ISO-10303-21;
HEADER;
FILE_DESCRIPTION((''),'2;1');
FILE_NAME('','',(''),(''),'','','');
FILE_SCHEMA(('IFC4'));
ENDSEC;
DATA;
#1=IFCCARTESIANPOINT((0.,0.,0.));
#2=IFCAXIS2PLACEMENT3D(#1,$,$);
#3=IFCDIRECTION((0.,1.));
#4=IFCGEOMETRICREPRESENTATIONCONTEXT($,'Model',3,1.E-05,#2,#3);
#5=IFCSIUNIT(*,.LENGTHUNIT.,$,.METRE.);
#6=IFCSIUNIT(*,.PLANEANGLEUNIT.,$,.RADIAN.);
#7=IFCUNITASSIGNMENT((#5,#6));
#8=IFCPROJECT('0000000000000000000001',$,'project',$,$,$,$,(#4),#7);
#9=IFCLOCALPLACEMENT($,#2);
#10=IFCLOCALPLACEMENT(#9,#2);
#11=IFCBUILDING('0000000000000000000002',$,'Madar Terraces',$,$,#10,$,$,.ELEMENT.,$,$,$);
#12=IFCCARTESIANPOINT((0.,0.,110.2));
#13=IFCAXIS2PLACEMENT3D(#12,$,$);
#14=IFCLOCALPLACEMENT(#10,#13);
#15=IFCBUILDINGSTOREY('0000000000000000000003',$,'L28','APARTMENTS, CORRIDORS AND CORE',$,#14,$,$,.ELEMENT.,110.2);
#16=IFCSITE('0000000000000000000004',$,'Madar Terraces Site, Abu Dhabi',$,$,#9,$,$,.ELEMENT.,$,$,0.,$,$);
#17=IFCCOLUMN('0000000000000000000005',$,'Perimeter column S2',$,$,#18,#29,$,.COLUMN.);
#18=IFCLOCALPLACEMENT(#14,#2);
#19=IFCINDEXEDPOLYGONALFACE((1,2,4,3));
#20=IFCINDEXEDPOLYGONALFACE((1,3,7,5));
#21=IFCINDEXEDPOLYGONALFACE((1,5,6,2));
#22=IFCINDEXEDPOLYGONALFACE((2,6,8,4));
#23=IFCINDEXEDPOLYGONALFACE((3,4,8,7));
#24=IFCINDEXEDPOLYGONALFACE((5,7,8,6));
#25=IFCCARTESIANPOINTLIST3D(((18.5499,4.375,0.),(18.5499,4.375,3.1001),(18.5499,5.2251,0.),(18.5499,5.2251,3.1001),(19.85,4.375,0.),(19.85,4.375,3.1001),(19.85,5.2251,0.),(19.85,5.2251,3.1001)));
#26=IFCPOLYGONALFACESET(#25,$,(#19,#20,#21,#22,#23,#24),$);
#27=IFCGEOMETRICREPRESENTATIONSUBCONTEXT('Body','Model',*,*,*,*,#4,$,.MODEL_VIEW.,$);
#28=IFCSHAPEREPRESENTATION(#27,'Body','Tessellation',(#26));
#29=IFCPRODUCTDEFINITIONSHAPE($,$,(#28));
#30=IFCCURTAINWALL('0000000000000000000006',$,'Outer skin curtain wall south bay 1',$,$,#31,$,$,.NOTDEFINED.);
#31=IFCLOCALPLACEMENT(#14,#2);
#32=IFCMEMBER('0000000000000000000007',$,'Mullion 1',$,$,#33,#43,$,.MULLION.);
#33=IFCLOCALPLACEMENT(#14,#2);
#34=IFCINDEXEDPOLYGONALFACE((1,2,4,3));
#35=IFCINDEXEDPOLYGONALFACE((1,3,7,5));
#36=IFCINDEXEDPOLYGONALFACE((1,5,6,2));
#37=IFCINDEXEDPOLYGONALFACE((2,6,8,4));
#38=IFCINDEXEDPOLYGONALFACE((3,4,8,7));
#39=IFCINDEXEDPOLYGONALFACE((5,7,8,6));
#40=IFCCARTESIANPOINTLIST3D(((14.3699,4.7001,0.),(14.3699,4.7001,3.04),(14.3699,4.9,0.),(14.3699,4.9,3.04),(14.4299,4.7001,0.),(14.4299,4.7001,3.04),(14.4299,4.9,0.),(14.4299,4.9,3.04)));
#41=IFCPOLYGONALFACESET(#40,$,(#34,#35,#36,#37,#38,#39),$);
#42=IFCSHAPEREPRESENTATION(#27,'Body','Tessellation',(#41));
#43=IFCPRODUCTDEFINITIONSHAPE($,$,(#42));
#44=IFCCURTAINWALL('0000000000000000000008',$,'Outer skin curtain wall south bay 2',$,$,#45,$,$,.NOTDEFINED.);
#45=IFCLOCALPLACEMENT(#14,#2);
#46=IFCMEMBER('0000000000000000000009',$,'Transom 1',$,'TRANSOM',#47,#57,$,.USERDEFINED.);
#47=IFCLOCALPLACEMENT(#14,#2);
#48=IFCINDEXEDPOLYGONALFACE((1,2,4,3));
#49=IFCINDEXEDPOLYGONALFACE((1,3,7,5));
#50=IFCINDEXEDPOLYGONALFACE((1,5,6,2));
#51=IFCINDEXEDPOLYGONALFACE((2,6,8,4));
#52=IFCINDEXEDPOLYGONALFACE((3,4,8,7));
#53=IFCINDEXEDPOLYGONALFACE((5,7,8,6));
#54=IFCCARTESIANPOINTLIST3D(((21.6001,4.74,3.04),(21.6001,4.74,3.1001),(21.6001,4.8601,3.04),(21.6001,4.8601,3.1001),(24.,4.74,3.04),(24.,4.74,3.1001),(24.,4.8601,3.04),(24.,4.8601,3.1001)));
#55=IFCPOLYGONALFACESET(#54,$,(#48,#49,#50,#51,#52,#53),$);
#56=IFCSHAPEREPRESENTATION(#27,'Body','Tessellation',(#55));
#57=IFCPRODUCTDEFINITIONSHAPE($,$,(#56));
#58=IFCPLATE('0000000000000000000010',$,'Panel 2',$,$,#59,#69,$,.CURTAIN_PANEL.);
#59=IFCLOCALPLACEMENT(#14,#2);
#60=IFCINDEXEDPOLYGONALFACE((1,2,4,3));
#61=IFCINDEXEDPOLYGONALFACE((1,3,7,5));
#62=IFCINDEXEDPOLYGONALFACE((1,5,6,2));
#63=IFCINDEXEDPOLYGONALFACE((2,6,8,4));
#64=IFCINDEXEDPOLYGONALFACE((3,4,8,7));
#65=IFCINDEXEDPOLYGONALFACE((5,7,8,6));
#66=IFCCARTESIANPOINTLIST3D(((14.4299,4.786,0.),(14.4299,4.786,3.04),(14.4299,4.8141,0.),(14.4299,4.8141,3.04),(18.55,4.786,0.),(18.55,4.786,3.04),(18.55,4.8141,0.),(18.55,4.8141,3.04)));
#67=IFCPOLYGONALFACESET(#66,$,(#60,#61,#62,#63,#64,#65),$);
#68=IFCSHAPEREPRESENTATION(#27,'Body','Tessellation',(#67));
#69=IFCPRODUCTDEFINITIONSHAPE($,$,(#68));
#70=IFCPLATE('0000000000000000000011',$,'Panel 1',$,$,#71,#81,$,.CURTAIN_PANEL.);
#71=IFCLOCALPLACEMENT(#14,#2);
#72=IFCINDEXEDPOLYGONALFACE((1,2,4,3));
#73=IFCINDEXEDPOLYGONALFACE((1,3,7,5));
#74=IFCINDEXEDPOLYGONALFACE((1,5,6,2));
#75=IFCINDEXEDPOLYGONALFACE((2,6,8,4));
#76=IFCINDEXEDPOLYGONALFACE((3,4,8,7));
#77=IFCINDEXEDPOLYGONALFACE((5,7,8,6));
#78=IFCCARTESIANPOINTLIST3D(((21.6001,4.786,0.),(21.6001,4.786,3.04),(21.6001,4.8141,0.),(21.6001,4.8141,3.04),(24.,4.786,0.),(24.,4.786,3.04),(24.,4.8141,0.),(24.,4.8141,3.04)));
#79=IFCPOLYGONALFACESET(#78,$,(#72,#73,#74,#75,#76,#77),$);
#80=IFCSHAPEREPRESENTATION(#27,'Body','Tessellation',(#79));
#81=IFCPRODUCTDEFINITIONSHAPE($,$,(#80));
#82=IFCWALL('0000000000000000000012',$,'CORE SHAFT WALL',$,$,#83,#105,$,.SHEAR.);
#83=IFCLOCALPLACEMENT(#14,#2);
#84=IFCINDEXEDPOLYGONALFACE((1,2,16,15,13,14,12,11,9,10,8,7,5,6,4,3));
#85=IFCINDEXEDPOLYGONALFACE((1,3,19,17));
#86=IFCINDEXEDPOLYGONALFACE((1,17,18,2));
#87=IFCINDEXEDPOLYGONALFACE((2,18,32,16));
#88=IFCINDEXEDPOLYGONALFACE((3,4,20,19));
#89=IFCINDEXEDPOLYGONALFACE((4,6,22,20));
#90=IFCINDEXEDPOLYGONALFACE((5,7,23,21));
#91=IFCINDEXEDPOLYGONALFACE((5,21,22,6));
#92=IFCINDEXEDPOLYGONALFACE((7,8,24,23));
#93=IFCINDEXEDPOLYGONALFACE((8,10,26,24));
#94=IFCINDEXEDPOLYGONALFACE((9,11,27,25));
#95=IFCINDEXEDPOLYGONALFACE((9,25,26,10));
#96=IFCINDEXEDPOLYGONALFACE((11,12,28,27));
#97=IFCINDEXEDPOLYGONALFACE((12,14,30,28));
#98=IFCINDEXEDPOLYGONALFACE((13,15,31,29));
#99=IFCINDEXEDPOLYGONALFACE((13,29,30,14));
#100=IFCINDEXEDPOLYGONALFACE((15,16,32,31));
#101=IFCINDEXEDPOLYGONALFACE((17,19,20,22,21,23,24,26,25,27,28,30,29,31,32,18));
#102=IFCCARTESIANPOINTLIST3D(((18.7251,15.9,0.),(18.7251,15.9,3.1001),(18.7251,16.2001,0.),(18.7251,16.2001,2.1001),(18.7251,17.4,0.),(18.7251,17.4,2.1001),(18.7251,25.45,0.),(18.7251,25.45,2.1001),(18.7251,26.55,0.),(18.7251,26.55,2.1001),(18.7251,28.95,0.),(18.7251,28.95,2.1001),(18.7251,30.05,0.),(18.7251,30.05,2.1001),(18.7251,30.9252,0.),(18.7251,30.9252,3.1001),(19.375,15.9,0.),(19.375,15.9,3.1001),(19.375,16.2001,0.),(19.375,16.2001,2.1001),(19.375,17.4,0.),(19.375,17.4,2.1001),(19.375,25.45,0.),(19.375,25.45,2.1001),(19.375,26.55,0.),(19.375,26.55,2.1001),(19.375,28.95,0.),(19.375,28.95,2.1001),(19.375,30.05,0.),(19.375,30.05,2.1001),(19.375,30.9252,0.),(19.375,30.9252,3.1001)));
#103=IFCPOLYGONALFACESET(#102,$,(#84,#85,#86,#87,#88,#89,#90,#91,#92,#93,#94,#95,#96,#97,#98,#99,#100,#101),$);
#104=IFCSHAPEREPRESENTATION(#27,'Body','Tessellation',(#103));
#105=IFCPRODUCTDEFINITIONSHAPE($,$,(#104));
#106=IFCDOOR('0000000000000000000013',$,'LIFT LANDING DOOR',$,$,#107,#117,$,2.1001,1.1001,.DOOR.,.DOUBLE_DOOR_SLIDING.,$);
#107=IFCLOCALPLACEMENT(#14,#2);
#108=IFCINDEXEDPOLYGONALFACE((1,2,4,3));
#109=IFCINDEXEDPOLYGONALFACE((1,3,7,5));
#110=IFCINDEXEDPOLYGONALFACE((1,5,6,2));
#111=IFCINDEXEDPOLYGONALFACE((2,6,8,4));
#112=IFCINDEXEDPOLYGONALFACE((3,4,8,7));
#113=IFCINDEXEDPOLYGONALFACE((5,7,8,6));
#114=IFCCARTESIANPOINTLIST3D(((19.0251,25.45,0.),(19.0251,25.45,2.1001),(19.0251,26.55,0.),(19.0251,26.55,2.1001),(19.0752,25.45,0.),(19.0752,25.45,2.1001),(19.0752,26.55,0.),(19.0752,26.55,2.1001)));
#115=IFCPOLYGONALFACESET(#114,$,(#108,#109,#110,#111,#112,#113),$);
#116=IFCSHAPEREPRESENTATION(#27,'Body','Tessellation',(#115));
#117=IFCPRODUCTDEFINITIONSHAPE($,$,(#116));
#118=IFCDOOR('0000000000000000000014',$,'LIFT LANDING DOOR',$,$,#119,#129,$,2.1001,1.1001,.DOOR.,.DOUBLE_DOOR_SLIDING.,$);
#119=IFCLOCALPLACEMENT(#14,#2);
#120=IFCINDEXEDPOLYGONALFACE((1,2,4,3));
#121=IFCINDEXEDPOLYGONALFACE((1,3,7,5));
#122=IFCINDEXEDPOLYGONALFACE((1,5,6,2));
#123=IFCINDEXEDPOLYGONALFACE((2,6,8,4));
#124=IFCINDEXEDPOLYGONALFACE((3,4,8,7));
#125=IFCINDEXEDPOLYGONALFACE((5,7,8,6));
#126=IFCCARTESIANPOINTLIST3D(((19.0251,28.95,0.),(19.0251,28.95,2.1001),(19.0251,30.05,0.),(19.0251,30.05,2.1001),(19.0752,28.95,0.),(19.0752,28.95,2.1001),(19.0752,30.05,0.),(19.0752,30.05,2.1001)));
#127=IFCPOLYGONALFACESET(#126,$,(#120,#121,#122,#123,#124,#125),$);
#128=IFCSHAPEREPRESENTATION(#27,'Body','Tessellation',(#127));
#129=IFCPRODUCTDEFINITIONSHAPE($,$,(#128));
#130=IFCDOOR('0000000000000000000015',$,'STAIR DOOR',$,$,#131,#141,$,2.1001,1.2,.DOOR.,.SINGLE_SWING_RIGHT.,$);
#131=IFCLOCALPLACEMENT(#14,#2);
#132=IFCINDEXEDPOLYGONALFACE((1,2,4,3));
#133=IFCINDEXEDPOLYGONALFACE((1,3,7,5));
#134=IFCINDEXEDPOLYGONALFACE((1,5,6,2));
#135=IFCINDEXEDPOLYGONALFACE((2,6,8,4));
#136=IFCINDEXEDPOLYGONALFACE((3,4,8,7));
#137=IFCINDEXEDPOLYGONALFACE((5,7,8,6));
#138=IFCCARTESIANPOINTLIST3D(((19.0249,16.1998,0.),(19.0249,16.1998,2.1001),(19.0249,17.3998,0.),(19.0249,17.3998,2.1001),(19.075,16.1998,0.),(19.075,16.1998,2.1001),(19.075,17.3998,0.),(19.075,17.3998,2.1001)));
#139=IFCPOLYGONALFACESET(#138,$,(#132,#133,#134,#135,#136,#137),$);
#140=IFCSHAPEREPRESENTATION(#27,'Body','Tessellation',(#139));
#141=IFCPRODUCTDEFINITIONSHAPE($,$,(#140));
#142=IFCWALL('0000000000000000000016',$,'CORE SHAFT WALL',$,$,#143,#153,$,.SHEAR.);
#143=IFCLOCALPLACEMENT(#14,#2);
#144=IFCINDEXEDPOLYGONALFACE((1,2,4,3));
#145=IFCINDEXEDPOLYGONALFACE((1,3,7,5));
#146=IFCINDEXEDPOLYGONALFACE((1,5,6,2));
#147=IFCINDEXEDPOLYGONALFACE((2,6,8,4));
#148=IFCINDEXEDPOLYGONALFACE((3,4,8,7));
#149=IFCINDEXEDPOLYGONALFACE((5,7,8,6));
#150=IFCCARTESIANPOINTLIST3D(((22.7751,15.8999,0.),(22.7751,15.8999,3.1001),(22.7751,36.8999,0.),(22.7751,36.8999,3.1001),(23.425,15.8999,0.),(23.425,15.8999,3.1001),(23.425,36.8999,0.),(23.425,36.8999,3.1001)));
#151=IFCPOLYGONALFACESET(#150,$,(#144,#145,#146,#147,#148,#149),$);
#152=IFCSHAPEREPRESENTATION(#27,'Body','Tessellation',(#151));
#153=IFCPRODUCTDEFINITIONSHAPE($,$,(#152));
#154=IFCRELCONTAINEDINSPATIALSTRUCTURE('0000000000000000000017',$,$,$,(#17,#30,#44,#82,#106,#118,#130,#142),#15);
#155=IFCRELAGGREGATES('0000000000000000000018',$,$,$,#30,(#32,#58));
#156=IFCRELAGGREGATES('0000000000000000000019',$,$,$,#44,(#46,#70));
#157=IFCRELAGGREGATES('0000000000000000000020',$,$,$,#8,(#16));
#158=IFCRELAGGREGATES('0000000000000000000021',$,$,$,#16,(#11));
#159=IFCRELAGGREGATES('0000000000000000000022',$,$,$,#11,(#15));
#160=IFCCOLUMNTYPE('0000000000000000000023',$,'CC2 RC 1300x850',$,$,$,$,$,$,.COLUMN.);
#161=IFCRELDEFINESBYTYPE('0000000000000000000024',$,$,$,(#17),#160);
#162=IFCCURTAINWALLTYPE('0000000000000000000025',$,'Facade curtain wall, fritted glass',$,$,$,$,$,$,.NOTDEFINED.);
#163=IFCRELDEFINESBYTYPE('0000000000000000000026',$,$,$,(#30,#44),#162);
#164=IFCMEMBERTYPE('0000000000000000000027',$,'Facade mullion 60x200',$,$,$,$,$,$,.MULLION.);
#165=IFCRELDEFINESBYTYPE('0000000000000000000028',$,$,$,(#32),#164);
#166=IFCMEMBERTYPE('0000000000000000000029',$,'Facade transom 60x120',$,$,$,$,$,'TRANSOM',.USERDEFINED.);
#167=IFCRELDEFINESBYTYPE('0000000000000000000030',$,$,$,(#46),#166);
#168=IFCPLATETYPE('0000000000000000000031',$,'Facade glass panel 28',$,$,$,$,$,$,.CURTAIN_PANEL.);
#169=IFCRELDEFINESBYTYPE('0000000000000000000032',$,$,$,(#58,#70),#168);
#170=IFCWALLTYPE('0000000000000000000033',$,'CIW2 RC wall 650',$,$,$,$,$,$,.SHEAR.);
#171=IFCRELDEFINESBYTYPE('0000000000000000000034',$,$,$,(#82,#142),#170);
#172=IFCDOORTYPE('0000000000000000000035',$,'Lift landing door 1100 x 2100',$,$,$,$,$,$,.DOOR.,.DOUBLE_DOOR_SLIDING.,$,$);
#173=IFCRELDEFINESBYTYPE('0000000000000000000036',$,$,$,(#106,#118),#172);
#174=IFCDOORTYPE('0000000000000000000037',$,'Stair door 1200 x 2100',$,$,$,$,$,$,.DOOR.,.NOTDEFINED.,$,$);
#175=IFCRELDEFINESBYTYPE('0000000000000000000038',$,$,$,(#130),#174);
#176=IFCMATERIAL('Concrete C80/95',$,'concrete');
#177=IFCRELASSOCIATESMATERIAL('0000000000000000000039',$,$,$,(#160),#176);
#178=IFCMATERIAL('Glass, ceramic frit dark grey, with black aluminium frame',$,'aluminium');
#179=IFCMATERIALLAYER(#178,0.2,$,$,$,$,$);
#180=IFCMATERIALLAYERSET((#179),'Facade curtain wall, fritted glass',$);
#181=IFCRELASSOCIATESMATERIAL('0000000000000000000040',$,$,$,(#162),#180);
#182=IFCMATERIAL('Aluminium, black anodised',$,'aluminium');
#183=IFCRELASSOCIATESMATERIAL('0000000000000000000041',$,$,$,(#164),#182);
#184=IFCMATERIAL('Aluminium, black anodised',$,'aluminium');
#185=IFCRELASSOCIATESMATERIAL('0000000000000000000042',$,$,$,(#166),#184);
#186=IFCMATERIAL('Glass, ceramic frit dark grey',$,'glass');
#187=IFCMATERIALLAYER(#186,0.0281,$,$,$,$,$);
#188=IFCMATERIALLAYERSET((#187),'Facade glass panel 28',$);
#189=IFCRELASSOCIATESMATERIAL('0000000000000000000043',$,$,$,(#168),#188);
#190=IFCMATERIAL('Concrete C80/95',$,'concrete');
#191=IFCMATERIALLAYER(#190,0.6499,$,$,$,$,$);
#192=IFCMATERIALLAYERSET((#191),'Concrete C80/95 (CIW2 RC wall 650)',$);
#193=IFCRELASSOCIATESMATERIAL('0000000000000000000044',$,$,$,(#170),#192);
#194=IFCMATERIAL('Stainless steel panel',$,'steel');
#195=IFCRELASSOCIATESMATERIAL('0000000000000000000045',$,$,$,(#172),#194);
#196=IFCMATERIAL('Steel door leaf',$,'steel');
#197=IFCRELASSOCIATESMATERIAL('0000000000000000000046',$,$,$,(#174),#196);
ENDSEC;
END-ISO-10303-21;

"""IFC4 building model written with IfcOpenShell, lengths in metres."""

from ifc_helpers import new_model, si_unit, direction, frame, frame_2d, origin, origin_2d, place, context, subcontext, project, spatial, rectangle, extrude, material, layer, layer_set, material_profile, profile_set, type_object, element, fill, aggregate, save


model = new_model("IFC4")

# Units and contexts
model_context = context("Model", 3, precision=1e-05, world=origin(), true_north=direction((0.0, 1.0)))
body_context = subcontext(model_context, "Body", "Model", "MODEL_VIEW")
ifc_project = project(units=[si_unit("LENGTHUNIT", "METRE"), si_unit("PLANEANGLEUNIT", "RADIAN")], contexts=[model_context])

# Site, building, storey
site_placement = place(None, origin())
site = spatial("IfcSite", under=ifc_project, at=site_placement, Name="Madar Terraces Site, Abu Dhabi", CompositionType="ELEMENT", RefElevation=0.0)
building_placement = place(site_placement, origin())
building = spatial("IfcBuilding", under=site, at=building_placement, Name="Madar Terraces", CompositionType="ELEMENT")
storey_placement = place(building_placement, frame((0.0, 0.0, 110.2)))
storey = spatial("IfcBuildingStorey", under=building, at=storey_placement, Name="L28", Description="APARTMENTS, CORRIDORS AND CORE", CompositionType="ELEMENT", Elevation=110.2)

# Column
ifc_material_1 = material(Name="Concrete C80/95", Category="concrete")
ifc_material_profile_1 = material_profile(ifc_material_1, rectangle(XDim=1.3, YDim=0.8501, at=origin_2d()), Name="CC2 RC 1300x850")
ifc_profile_set_1 = profile_set([ifc_material_profile_1], Name="Concrete C80/95")
column_type = type_object("IfcColumnType", Name="CC2 RC 1300x850", PredefinedType="COLUMN", material=ifc_profile_set_1)
column_placement = place(storey_placement, frame((19.2, 4.8, 0.0), z_axis=(0.0, 0.0, 1.0), x_axis=(1.0, 0.0, 0.0)))
element("IfcColumn", 1, at=column_placement, inside=storey, type_object=column_type, Name="Perimeter column S2", PredefinedType="COLUMN", context=body_context, shape_type="SweptSolid", body=[
    extrude(rectangle(XDim=1.3, YDim=0.8501, at=origin_2d()), origin(), (0.0, 0.0, 1.0), 3.1001),
])

# Curtain walls, members
ifc_material_2 = material(Name="Glass, ceramic frit dark grey, with black aluminium frame", Category="aluminium")
ifc_layer_1 = layer(ifc_material_2, 0.2)
ifc_layer_set_1 = layer_set([ifc_layer_1], Name="Facade curtain wall, fritted glass")
curtain_wall_type = type_object("IfcCurtainWallType", Name="Facade curtain wall, fritted glass", PredefinedType="NOTDEFINED", material=ifc_layer_set_1)
curtain_wall_1_placement = place(storey_placement, origin())
curtain_wall_1 = element("IfcCurtainWall", 2, at=curtain_wall_1_placement, inside=storey, type_object=curtain_wall_type, Name="Outer skin curtain wall south bay 1", PredefinedType="NOTDEFINED")
ifc_material_3 = material(Name="Aluminium, black anodised", Category="aluminium")
ifc_material_profile_2 = material_profile(ifc_material_3, rectangle(XDim=0.2, YDim=0.0601, at=origin_2d()), Name="Facade mullion 60x200")
ifc_profile_set_2 = profile_set([ifc_material_profile_2], Name="Aluminium, black anodised")
member_type_1 = type_object("IfcMemberType", Name="Facade mullion 60x200", PredefinedType="MULLION", material=ifc_profile_set_2)
member_1_placement = place(storey_placement, frame((14.3999, 4.8, 0.0), z_axis=(0.0, 0.0, 1.0), x_axis=(0.0, 1.0, 0.0)))
member_1 = element("IfcMember", 3, at=member_1_placement, type_object=member_type_1, Name="Mullion 1", PredefinedType="MULLION", context=body_context, shape_type="SweptSolid", body=[
    extrude(rectangle(XDim=0.2, YDim=0.0601, at=origin_2d()), origin(), (0.0, 0.0, 1.0), 3.04),
])
curtain_wall_2_placement = place(storey_placement, origin())
curtain_wall_2 = element("IfcCurtainWall", 4, at=curtain_wall_2_placement, inside=storey, type_object=curtain_wall_type, Name="Outer skin curtain wall south bay 2", PredefinedType="NOTDEFINED")
ifc_material_4 = material(Name="Aluminium, black anodised", Category="aluminium")
ifc_material_profile_3 = material_profile(ifc_material_4, rectangle(XDim=0.1201, YDim=0.0601, at=origin_2d()), Name="Facade transom 60x120")
ifc_profile_set_3 = profile_set([ifc_material_profile_3], Name="Aluminium, black anodised")
member_type_2 = type_object("IfcMemberType", Name="Facade transom 60x120", ElementType="TRANSOM", PredefinedType="USERDEFINED", material=ifc_profile_set_3)
member_2_placement = place(storey_placement, frame((21.6001, 4.8, 3.0701), z_axis=(1.0, 0.0, 0.0), x_axis=(0.0, 1.0, 0.0)))
member_2 = element("IfcMember", 5, at=member_2_placement, type_object=member_type_2, Name="Transom 1", ObjectType="TRANSOM", PredefinedType="USERDEFINED", context=body_context, shape_type="SweptSolid", body=[
    extrude(rectangle(XDim=0.1201, YDim=0.0601, at=origin_2d()), origin(), (0.0, 0.0, 1.0), 2.3999),
])

# Plates
ifc_material_5 = material(Name="Glass, ceramic frit dark grey", Category="glass")
ifc_layer_2 = layer(ifc_material_5, 0.0281)
ifc_layer_set_2 = layer_set([ifc_layer_2], Name="Facade glass panel 28")
plate_type = type_object("IfcPlateType", Name="Facade glass panel 28", PredefinedType="CURTAIN_PANEL", material=ifc_layer_set_2)
plate_1_placement = place(storey_placement, frame((16.49, 4.8, 0.0), z_axis=(0.0, 0.0, 1.0), x_axis=(1.0, 0.0, 0.0)))
plate_1 = element("IfcPlate", 6, at=plate_1_placement, type_object=plate_type, Name="Panel 2", PredefinedType="CURTAIN_PANEL", context=body_context, shape_type="SweptSolid", body=[
    extrude(rectangle(XDim=4.1201, YDim=0.0281, at=origin_2d()), origin(), (0.0, 0.0, 1.0), 3.04),
])
aggregate(curtain_wall_1, [member_1, plate_1])
plate_2_placement = place(storey_placement, frame((22.8, 4.8, 0.0), z_axis=(0.0, 0.0, 1.0), x_axis=(1.0, 0.0, 0.0)))
plate_2 = element("IfcPlate", 7, at=plate_2_placement, type_object=plate_type, Name="Panel 1", PredefinedType="CURTAIN_PANEL", context=body_context, shape_type="SweptSolid", body=[
    extrude(rectangle(XDim=2.3999, YDim=0.0281, at=origin_2d()), origin(), (0.0, 0.0, 1.0), 3.04),
])
aggregate(curtain_wall_2, [member_2, plate_2])

# Wall, openings, doors
ifc_material_6 = material(Name="Concrete C80/95", Category="concrete")
ifc_layer_3 = layer(ifc_material_6, 0.6499)
ifc_layer_set_3 = layer_set([ifc_layer_3], Name="Concrete C80/95 (CIW2 RC wall 650)")
wall_type_1 = type_object("IfcWallType", Name="CIW2 RC wall 650", PredefinedType="SHEAR", material=ifc_layer_set_3)
wall_1_placement = place(storey_placement, frame((19.05, 15.8999, 0.0), z_axis=(0.0, 0.0, 1.0), x_axis=(0.0, 1.0, 0.0)))
wall_1 = element("IfcWall", 8, at=wall_1_placement, inside=storey, type_object=wall_type_1, Name="CORE SHAFT WALL", PredefinedType="SHEAR", context=body_context, shape_type="SweptSolid", body=[
    extrude(rectangle(XDim=15.0251, YDim=0.6499, at=frame_2d((7.5127, 0.0))), origin(), (0.0, 0.0, 1.0), 3.1001),
])
opening_1_placement = place(wall_1_placement, frame((9.55, 0.0, 0.0)))
opening_1 = element("IfcOpeningElement", 9, at=opening_1_placement, cuts=wall_1, PredefinedType="OPENING", context=body_context, shape_type="SweptSolid", body=[
    extrude(rectangle(XDim=1.1001, YDim=2.1001, at=frame_2d((0.55, 1.05))), frame((0.0, 0.335, 0.0), z_axis=(0.0, -1.0, 0.0), x_axis=(1.0, 0.0, 0.0)), (0.0, 0.0, 1.0), 0.6699),
])
opening_2_placement = place(wall_1_placement, frame((13.05, 0.0, 0.0)))
opening_2 = element("IfcOpeningElement", 10, at=opening_2_placement, cuts=wall_1, PredefinedType="OPENING", context=body_context, shape_type="SweptSolid", body=[
    extrude(rectangle(XDim=1.1001, YDim=2.1001, at=frame_2d((0.55, 1.05))), frame((0.0, 0.335, 0.0), z_axis=(0.0, -1.0, 0.0), x_axis=(1.0, 0.0, 0.0)), (0.0, 0.0, 1.0), 0.6699),
])
opening_3_placement = place(wall_1_placement, frame((0.3, 0.0, 0.0)))
opening_3 = element("IfcOpeningElement", 11, at=opening_3_placement, cuts=wall_1, PredefinedType="OPENING", context=body_context, shape_type="SweptSolid", body=[
    extrude(rectangle(XDim=1.2, YDim=2.1001, at=frame_2d((0.6001, 1.05))), frame((0.0, 0.335, 0.0), z_axis=(0.0, -1.0, 0.0), x_axis=(1.0, 0.0, 0.0)), (0.0, 0.0, 1.0), 0.6699),
])
ifc_material_7 = material(Name="Stainless steel panel", Category="steel")
door_type_1 = type_object("IfcDoorType", Name="Lift landing door 1100 x 2100", OperationType="DOUBLE_DOOR_SLIDING", PredefinedType="DOOR", material=ifc_material_7)
door_1_placement = place(opening_1_placement, origin())
door_1 = element("IfcDoor", 12, at=door_1_placement, inside=storey, type_object=door_type_1, Name="LIFT LANDING DOOR", OperationType="DOUBLE_DOOR_SLIDING", OverallHeight=2.1001, OverallWidth=1.1001, PredefinedType="DOOR", context=body_context, shape_type="SweptSolid", body=[
    extrude(rectangle(XDim=1.1001, YDim=2.1001, at=frame_2d((0.55, 1.05))), frame((0.0, 0.0249, 0.0), z_axis=(0.0, -1.0, 0.0), x_axis=(1.0, 0.0, 0.0)), (0.0, 0.0, 1.0), 0.05),
])
fill(opening_1, door_1)
door_2_placement = place(opening_2_placement, origin())
door_2 = element("IfcDoor", 13, at=door_2_placement, inside=storey, type_object=door_type_1, Name="LIFT LANDING DOOR", OperationType="DOUBLE_DOOR_SLIDING", OverallHeight=2.1001, OverallWidth=1.1001, PredefinedType="DOOR", context=body_context, shape_type="SweptSolid", body=[
    extrude(rectangle(XDim=1.1001, YDim=2.1001, at=frame_2d((0.55, 1.05))), frame((0.0, 0.0249, 0.0), z_axis=(0.0, -1.0, 0.0), x_axis=(1.0, 0.0, 0.0)), (0.0, 0.0, 1.0), 0.05),
])
fill(opening_2, door_2)
ifc_material_8 = material(Name="Steel door leaf", Category="steel")
door_type_2 = type_object("IfcDoorType", Name="Stair door 1200 x 2100", OperationType="NOTDEFINED", PredefinedType="DOOR", material=ifc_material_8)
door_3_placement = place(opening_3_placement, frame((1.2, 0.0, 0.0), z_axis=(0.0, 0.0, 1.0), x_axis=(-1.0, 0.0, 0.0)))
door_3 = element("IfcDoor", 14, at=door_3_placement, inside=storey, type_object=door_type_2, Name="STAIR DOOR", OperationType="SINGLE_SWING_RIGHT", OverallHeight=2.1001, OverallWidth=1.2, PredefinedType="DOOR", context=body_context, shape_type="SweptSolid", body=[
    extrude(rectangle(XDim=1.2, YDim=2.1001, at=frame_2d((0.6001, 1.05))), frame((0.0, 0.0249, 0.0), z_axis=(0.0, -1.0, 0.0), x_axis=(1.0, 0.0, 0.0)), (0.0, 0.0, 1.0), 0.05),
])
fill(opening_3, door_3)

# Wall
wall_2_placement = place(storey_placement, frame((23.1001, 15.8999, 0.0), z_axis=(0.0, 0.0, 1.0), x_axis=(0.0, 1.0, 0.0)))
element("IfcWall", 15, at=wall_2_placement, inside=storey, type_object=wall_type_1, Name="CORE SHAFT WALL", PredefinedType="SHEAR", context=body_context, shape_type="SweptSolid", body=[
    extrude(rectangle(XDim=21.0, YDim=0.6499, at=frame_2d((10.5, 0.0))), origin(), (0.0, 0.0, 1.0), 3.1001),
])

save(model, "model.ifc")
